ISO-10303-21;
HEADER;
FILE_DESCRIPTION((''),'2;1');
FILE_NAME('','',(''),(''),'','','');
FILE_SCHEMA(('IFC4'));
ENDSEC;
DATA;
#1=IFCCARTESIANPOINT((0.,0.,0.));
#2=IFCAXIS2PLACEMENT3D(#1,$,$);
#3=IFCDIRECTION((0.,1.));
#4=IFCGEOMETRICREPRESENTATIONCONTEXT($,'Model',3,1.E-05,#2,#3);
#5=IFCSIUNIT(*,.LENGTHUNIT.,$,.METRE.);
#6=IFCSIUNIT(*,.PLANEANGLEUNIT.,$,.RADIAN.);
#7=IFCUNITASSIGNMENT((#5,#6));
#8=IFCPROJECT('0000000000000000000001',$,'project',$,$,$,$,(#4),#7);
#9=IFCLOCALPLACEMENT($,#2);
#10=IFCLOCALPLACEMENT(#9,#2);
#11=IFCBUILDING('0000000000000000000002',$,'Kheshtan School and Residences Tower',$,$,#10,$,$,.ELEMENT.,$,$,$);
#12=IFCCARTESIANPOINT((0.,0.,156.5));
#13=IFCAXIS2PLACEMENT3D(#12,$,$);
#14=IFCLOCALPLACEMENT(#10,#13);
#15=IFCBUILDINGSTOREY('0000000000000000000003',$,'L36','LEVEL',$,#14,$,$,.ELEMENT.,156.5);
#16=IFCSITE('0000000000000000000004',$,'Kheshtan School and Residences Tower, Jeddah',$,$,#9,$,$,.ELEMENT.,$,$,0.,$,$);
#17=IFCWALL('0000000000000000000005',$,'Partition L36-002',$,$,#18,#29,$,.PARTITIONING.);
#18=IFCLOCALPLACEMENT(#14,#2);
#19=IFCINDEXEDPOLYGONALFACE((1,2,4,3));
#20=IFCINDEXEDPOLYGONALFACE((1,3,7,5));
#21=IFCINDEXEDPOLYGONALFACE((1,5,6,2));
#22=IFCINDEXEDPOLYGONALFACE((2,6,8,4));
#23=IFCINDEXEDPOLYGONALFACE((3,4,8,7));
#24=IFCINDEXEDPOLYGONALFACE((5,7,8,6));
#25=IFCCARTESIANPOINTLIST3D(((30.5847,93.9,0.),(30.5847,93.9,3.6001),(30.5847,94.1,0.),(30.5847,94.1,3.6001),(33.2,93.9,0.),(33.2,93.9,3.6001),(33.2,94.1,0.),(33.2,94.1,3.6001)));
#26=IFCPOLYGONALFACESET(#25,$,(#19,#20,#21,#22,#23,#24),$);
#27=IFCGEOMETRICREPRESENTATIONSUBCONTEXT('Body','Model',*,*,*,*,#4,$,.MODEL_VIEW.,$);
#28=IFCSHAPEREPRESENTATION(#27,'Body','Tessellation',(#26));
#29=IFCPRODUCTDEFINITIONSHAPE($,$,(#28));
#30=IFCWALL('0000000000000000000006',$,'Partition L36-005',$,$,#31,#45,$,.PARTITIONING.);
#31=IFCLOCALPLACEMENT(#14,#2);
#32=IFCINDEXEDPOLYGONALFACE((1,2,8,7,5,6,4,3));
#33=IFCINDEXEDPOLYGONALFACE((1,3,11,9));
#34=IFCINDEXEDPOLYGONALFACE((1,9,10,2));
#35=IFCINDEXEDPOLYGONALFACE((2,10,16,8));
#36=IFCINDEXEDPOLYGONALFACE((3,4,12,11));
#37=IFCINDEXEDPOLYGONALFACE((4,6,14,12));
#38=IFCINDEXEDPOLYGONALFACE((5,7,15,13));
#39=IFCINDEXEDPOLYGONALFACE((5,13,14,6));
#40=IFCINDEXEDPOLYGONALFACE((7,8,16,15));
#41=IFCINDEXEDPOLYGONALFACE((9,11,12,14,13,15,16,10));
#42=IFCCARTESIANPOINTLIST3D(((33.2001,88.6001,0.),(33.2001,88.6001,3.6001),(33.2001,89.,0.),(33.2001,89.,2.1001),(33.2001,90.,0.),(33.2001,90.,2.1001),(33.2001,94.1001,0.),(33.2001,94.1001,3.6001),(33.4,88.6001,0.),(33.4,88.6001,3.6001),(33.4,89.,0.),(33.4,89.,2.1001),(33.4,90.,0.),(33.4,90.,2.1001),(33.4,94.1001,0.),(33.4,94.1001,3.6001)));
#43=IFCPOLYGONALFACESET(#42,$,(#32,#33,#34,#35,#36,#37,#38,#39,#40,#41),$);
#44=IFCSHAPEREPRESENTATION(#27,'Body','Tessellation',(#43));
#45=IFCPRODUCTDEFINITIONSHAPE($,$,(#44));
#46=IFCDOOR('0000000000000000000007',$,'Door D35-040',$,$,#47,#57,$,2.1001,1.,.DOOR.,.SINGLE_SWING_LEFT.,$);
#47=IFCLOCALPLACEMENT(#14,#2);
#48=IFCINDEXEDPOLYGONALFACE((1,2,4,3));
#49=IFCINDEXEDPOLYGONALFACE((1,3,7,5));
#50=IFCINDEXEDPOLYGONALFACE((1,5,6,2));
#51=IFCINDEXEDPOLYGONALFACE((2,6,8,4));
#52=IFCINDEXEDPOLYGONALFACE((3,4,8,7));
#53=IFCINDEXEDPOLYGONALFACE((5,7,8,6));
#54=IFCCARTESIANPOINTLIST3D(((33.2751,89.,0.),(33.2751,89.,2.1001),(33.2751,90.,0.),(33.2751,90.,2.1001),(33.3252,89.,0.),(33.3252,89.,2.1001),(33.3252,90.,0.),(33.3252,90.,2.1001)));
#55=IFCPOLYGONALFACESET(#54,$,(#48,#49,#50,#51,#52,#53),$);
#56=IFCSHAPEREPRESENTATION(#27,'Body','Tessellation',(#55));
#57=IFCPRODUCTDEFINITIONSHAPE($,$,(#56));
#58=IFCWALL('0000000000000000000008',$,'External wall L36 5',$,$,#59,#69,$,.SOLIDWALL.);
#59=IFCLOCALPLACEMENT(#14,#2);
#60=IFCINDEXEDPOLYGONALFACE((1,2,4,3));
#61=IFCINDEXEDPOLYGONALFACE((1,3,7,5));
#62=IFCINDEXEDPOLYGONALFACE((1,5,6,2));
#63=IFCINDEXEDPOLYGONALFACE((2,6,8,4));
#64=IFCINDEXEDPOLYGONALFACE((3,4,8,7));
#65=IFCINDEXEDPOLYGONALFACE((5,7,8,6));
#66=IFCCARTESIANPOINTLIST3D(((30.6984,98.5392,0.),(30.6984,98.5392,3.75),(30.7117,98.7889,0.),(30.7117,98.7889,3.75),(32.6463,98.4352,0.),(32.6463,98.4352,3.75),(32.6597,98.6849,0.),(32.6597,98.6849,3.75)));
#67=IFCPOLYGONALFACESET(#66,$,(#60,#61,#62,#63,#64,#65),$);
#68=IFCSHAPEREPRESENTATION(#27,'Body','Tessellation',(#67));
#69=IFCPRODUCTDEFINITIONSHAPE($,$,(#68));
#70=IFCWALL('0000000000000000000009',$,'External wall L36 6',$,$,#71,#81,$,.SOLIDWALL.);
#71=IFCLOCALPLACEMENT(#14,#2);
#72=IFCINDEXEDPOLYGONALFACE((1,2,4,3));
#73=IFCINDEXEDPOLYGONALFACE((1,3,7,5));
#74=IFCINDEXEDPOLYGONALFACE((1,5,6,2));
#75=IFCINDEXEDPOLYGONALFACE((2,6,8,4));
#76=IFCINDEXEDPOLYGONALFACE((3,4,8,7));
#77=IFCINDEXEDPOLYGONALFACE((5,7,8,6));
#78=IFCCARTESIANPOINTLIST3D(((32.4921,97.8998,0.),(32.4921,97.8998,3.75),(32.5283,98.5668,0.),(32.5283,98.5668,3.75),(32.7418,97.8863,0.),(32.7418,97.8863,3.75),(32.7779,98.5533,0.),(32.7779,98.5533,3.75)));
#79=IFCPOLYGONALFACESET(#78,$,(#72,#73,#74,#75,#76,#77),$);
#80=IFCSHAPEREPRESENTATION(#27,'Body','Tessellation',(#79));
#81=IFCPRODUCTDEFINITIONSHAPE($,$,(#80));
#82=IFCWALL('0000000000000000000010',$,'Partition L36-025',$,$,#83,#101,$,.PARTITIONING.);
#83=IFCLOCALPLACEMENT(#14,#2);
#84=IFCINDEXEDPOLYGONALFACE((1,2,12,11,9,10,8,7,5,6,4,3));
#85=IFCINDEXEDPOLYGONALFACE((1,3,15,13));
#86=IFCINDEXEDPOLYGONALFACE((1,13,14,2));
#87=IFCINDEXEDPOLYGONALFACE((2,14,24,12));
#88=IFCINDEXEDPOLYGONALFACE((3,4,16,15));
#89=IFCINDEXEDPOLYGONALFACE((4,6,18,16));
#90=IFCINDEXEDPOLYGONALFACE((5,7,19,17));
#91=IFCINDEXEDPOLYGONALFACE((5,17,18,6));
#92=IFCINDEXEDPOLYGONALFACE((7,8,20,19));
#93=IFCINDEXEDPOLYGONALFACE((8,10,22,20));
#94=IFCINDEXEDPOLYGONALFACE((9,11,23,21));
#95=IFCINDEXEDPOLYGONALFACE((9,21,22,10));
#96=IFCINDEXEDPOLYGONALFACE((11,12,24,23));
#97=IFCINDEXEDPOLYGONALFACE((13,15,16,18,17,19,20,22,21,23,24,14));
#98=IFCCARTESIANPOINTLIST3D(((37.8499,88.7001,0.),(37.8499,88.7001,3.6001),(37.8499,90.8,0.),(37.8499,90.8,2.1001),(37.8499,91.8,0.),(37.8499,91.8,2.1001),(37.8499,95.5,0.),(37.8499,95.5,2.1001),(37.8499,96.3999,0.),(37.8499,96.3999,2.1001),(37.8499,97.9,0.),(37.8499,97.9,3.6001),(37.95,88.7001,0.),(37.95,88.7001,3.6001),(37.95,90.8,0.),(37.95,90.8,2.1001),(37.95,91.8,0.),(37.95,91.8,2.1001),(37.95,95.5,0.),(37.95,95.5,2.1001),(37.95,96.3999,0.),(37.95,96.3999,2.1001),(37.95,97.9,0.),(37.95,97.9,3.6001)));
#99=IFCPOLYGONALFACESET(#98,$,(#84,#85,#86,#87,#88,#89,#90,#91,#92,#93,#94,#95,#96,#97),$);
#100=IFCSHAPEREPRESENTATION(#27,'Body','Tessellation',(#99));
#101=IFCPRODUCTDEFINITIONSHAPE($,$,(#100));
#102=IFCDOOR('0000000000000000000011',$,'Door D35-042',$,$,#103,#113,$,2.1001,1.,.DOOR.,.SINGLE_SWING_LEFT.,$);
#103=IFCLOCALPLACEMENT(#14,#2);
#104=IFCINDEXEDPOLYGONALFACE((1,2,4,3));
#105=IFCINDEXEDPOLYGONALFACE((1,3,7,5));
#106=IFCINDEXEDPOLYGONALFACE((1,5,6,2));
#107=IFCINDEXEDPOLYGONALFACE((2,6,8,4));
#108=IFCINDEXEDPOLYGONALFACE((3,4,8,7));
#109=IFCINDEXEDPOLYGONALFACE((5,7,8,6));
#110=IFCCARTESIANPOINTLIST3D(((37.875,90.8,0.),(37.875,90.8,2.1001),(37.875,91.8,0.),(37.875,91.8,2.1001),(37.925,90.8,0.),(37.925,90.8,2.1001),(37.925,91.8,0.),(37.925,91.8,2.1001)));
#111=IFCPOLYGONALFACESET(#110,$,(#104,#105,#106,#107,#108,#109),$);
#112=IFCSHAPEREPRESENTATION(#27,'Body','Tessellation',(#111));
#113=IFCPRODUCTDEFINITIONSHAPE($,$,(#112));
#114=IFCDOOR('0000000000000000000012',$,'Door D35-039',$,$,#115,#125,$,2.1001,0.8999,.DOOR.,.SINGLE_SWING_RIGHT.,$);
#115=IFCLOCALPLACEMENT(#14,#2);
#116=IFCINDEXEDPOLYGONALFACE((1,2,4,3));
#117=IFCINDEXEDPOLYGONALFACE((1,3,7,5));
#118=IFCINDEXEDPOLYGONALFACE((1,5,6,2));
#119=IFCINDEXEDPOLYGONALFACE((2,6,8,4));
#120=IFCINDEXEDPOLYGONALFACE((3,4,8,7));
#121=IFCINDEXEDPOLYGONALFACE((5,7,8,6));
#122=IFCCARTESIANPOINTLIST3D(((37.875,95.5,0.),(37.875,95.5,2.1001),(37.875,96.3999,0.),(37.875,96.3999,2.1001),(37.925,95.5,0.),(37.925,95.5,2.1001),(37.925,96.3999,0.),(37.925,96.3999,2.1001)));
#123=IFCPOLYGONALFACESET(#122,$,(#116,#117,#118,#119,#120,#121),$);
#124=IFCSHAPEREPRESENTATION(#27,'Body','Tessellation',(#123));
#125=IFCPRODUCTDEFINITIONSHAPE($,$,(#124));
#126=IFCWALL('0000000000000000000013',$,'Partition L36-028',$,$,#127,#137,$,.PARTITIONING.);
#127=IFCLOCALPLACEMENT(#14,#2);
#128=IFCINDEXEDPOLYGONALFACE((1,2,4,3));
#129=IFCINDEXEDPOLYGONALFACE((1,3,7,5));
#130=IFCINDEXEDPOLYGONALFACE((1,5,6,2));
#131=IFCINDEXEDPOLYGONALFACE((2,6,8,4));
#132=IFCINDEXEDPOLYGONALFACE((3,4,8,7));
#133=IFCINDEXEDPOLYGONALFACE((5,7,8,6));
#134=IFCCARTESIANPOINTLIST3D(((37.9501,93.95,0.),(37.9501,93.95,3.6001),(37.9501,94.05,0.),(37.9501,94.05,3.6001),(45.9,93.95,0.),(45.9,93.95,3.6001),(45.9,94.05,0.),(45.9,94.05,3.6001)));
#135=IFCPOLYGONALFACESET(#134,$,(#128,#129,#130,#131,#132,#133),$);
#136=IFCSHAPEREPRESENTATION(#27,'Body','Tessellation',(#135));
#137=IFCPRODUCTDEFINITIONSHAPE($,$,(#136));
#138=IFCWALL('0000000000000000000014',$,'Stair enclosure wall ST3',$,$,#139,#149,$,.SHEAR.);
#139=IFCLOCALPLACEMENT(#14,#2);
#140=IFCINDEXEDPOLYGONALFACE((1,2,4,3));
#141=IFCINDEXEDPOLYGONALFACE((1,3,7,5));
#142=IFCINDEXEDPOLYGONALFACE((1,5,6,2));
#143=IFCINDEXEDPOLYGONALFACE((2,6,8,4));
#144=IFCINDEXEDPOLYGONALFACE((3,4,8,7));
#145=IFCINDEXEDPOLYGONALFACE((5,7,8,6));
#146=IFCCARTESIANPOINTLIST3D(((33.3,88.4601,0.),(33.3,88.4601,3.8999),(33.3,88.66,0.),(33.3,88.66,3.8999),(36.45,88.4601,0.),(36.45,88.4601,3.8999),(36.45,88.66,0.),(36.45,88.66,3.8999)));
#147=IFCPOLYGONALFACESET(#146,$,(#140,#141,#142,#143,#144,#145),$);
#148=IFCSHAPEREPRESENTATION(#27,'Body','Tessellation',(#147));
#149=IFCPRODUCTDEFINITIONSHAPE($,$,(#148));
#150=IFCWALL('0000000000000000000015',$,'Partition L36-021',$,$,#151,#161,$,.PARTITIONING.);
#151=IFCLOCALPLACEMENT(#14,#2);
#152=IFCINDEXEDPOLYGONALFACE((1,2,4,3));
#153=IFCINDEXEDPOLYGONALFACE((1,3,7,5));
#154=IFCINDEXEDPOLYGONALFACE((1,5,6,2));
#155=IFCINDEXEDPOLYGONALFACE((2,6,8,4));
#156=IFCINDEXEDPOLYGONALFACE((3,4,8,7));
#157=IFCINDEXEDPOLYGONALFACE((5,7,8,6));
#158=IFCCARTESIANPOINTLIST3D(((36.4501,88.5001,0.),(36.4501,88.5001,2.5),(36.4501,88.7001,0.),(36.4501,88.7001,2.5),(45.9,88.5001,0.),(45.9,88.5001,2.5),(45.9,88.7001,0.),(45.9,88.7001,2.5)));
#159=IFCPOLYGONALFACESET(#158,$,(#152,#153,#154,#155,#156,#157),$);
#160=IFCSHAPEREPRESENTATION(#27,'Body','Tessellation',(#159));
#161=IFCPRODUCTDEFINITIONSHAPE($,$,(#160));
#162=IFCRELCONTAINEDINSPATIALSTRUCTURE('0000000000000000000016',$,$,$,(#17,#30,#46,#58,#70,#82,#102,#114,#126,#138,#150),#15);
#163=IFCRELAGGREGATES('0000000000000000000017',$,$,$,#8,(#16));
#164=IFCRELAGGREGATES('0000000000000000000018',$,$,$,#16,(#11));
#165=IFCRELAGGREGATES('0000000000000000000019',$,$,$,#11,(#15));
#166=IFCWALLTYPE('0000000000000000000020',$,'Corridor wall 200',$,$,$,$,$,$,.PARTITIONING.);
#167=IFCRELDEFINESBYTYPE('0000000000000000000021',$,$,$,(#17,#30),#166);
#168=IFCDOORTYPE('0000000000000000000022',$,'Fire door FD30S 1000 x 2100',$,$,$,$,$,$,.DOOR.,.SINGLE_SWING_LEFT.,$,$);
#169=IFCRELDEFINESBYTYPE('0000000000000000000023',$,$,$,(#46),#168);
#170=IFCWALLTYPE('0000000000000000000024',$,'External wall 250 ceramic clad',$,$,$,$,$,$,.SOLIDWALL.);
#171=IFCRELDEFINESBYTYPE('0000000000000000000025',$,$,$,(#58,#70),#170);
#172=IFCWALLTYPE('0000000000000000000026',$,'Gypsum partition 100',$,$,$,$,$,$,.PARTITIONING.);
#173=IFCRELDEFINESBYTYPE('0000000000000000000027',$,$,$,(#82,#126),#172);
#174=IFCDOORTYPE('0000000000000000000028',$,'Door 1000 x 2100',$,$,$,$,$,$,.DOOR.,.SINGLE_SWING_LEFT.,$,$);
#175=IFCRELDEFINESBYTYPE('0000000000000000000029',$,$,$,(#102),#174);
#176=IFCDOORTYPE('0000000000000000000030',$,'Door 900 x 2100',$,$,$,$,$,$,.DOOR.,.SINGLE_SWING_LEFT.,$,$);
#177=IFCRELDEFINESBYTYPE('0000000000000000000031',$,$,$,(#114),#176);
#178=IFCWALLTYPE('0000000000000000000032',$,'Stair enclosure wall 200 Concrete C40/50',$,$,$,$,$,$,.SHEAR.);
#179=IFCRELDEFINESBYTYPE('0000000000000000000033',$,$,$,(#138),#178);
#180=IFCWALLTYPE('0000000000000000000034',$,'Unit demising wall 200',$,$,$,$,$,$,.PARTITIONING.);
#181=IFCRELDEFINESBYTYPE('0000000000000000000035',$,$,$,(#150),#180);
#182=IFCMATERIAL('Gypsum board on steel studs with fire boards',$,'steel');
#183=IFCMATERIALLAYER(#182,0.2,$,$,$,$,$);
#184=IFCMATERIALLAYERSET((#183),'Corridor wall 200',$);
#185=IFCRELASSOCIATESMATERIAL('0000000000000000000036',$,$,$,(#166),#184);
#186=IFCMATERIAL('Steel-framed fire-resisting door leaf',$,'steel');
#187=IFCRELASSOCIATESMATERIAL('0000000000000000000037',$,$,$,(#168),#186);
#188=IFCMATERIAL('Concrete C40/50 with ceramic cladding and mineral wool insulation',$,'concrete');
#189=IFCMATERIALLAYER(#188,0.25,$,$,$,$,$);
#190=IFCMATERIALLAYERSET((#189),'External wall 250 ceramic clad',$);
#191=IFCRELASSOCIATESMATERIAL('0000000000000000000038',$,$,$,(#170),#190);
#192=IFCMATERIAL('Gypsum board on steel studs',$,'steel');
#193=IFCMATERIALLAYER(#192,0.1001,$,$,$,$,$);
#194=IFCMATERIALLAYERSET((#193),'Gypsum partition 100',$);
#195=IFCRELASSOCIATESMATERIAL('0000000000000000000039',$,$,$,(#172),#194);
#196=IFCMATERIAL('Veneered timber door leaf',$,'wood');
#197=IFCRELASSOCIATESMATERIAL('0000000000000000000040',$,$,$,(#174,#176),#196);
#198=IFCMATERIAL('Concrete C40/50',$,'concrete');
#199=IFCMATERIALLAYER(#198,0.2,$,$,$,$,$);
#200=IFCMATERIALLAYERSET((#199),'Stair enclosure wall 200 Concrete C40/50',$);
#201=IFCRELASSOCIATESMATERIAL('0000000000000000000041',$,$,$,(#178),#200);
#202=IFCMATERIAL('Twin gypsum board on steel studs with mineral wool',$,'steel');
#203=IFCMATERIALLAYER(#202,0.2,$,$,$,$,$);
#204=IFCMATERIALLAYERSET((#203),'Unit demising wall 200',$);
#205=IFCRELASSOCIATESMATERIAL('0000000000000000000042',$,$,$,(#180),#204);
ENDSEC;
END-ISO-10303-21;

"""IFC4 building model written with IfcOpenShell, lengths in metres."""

from ifc_helpers import new_model, si_unit, direction, frame, frame_2d, origin, place, context, subcontext, project, spatial, rectangle, extrude, source, transform, mapped, material, layer, layer_set, type_object, element, fill, save


model = new_model("IFC4")

# Units and contexts
model_context = context("Model", 3, precision=1e-05, world=origin(), true_north=direction((0.0, 1.0)))
body_context = subcontext(model_context, "Body", "Model", "MODEL_VIEW")
ifc_project = project(units=[si_unit("LENGTHUNIT", "METRE"), si_unit("PLANEANGLEUNIT", "RADIAN")], contexts=[model_context])

# Site, building, storey
site_placement = place(None, origin())
site = spatial("IfcSite", under=ifc_project, at=site_placement, Name="Kheshtan School and Residences Tower, Jeddah", CompositionType="ELEMENT", RefElevation=0.0)
building_placement = place(site_placement, origin())
building = spatial("IfcBuilding", under=site, at=building_placement, Name="Kheshtan School and Residences Tower", CompositionType="ELEMENT")
storey_placement = place(building_placement, frame((0.0, 0.0, 156.5)))
storey = spatial("IfcBuildingStorey", under=building, at=storey_placement, Name="L36", Description="LEVEL", CompositionType="ELEMENT", Elevation=156.5)

# Wall
ifc_material_1 = material(Name="Gypsum board on steel studs with fire boards", Category="steel")
ifc_layer_1 = layer(ifc_material_1, 0.2)
ifc_layer_set_1 = layer_set([ifc_layer_1], Name="Corridor wall 200")
wall_type_1 = type_object("IfcWallType", Name="Corridor wall 200", PredefinedType="PARTITIONING", material=ifc_layer_set_1)
wall_1_placement = place(storey_placement, frame((30.5847, 94.0, 0.0), z_axis=(0.0, 0.0, 1.0), x_axis=(1.0, 0.0, 0.0)))
element("IfcWall", 1, at=wall_1_placement, inside=storey, type_object=wall_type_1, Name="Partition L36-002", PredefinedType="PARTITIONING", context=body_context, shape_type="SweptSolid", body=[
    extrude(rectangle(XDim=2.6152, YDim=0.2, at=frame_2d((1.3076, 0.0))), origin(), (0.0, 0.0, 1.0), 3.6001),
])

# Wall, opening, door
wall_2_placement = place(storey_placement, frame((33.3, 88.6001, 0.0), z_axis=(0.0, 0.0, 1.0), x_axis=(0.0, 1.0, 0.0)))
wall_2 = element("IfcWall", 2, at=wall_2_placement, inside=storey, type_object=wall_type_1, Name="Partition L36-005", PredefinedType="PARTITIONING", context=body_context, shape_type="SweptSolid", body=[
    extrude(rectangle(XDim=5.5, YDim=0.2, at=frame_2d((2.75, 0.0))), origin(), (0.0, 0.0, 1.0), 3.6001),
])
opening_1_placement = place(wall_2_placement, frame((0.3999, 0.0, 0.0)))
opening_1 = element("IfcOpeningElement", 3, at=opening_1_placement, cuts=wall_2, PredefinedType="OPENING", context=body_context, shape_type="SweptSolid", body=[
    extrude(rectangle(XDim=1.0, YDim=2.1001, at=frame_2d((0.5, 1.05))), frame((0.0, 0.1099, 0.0), z_axis=(0.0, -1.0, 0.0), x_axis=(1.0, 0.0, 0.0)), (0.0, 0.0, 1.0), 0.22),
])
ifc_material_2 = material(Name="Steel-framed fire-resisting door leaf", Category="steel")
door_type_1 = type_object("IfcDoorType", Name="Fire door FD30S 1000 x 2100", OperationType="SINGLE_SWING_LEFT", PredefinedType="DOOR", material=ifc_material_2)
shared_shape_1 = source(origin(), body_context, "Body", "SweptSolid", [
    extrude(rectangle(XDim=1.0, YDim=2.1001, at=frame_2d((0.5, 1.05))), frame((0.0, 0.0249, 0.0), z_axis=(0.0, -1.0, 0.0), x_axis=(1.0, 0.0, 0.0)), (0.0, 0.0, 1.0), 0.05),
])
door_1_placement = place(opening_1_placement, origin())
door_1 = element("IfcDoor", 4, at=door_1_placement, inside=storey, type_object=door_type_1, Name="Door D35-040", OperationType="SINGLE_SWING_LEFT", OverallHeight=2.1001, OverallWidth=1.0, PredefinedType="DOOR", context=body_context, shape_type="MappedRepresentation", body=[
    mapped(shared_shape_1, transform((0.0, 0.0, 0.0), x_axis=(1.0, 0.0, 0.0), y_axis=(0.0, 1.0, 0.0), z_axis=(0.0, 0.0, 1.0), scale=1.0)),
])
fill(opening_1, door_1)

# Walls
ifc_material_3 = material(Name="Concrete C40/50 with ceramic cladding and mineral wool insulation", Category="concrete")
ifc_layer_2 = layer(ifc_material_3, 0.25)
ifc_layer_set_2 = layer_set([ifc_layer_2], Name="External wall 250 ceramic clad")
wall_type_2 = type_object("IfcWallType", Name="External wall 250 ceramic clad", PredefinedType="SOLIDWALL", material=ifc_layer_set_2)
wall_3_placement = place(storey_placement, frame((30.7051, 98.6641, 0.0), z_axis=(0.0, 0.0, 1.0), x_axis=(0.998578, -0.053314, 0.0)))
element("IfcWall", 5, at=wall_3_placement, inside=storey, type_object=wall_type_2, Name="External wall L36 5", PredefinedType="SOLIDWALL", context=body_context, shape_type="SweptSolid", body=[
    extrude(rectangle(XDim=1.9507, YDim=0.25, at=frame_2d((0.9753, 0.0))), origin(), (0.0, 0.0, 1.0), 3.75),
])
wall_4_placement = place(storey_placement, frame((32.6531, 98.5601, 0.0), z_axis=(0.0, 0.0, 1.0), x_axis=(-0.054093, -0.998536, 0.0)))
element("IfcWall", 6, at=wall_4_placement, inside=storey, type_object=wall_type_2, Name="External wall L36 6", PredefinedType="SOLIDWALL", context=body_context, shape_type="SweptSolid", body=[
    extrude(rectangle(XDim=0.668, YDim=0.25, at=frame_2d((0.334, 0.0))), origin(), (0.0, 0.0, 1.0), 3.75),
])

# Wall, openings, doors
ifc_material_4 = material(Name="Gypsum board on steel studs", Category="steel")
ifc_layer_3 = layer(ifc_material_4, 0.1001)
ifc_layer_set_3 = layer_set([ifc_layer_3], Name="Gypsum partition 100")
wall_type_3 = type_object("IfcWallType", Name="Gypsum partition 100", PredefinedType="PARTITIONING", material=ifc_layer_set_3)
wall_5_placement = place(storey_placement, frame((37.8999, 88.7, 0.0), z_axis=(0.0, 0.0, 1.0), x_axis=(0.0, 1.0, 0.0)))
wall_5 = element("IfcWall", 7, at=wall_5_placement, inside=storey, type_object=wall_type_3, Name="Partition L36-025", PredefinedType="PARTITIONING", context=body_context, shape_type="SweptSolid", body=[
    extrude(rectangle(XDim=9.2, YDim=0.1001, at=frame_2d((4.6001, 0.0))), origin(), (0.0, 0.0, 1.0), 3.6001),
])
opening_2_placement = place(wall_5_placement, frame((6.8, 0.0, 0.0)))
opening_2 = element("IfcOpeningElement", 8, at=opening_2_placement, cuts=wall_5, PredefinedType="OPENING", context=body_context, shape_type="SweptSolid", body=[
    extrude(rectangle(XDim=0.8999, YDim=2.1001, at=frame_2d((0.45, 1.05))), frame((0.0, 0.0601, 0.0), z_axis=(0.0, -1.0, 0.0), x_axis=(1.0, 0.0, 0.0)), (0.0, 0.0, 1.0), 0.1201),
])
opening_3_placement = place(wall_5_placement, frame((2.1001, 0.0, 0.0)))
opening_3 = element("IfcOpeningElement", 9, at=opening_3_placement, cuts=wall_5, PredefinedType="OPENING", context=body_context, shape_type="SweptSolid", body=[
    extrude(rectangle(XDim=1.0, YDim=2.1001, at=frame_2d((0.5, 1.05))), frame((0.0, 0.0601, 0.0), z_axis=(0.0, -1.0, 0.0), x_axis=(1.0, 0.0, 0.0)), (0.0, 0.0, 1.0), 0.1201),
])
ifc_material_5 = material(Name="Veneered timber door leaf", Category="wood")
door_type_2 = type_object("IfcDoorType", Name="Door 1000 x 2100", OperationType="SINGLE_SWING_LEFT", PredefinedType="DOOR", material=ifc_material_5)
shared_shape_2 = source(origin(), body_context, "Body", "SweptSolid", [
    extrude(rectangle(XDim=1.0, YDim=2.1001, at=frame_2d((0.5, 1.05))), frame((0.0, 0.0249, 0.0), z_axis=(0.0, -1.0, 0.0), x_axis=(1.0, 0.0, 0.0)), (0.0, 0.0, 1.0), 0.05),
])
door_2_placement = place(opening_3_placement, origin())
door_2 = element("IfcDoor", 10, at=door_2_placement, inside=storey, type_object=door_type_2, Name="Door D35-042", OperationType="SINGLE_SWING_LEFT", OverallHeight=2.1001, OverallWidth=1.0, PredefinedType="DOOR", context=body_context, shape_type="MappedRepresentation", body=[
    mapped(shared_shape_2, transform((0.0, 0.0, 0.0), x_axis=(1.0, 0.0, 0.0), y_axis=(0.0, 1.0, 0.0), z_axis=(0.0, 0.0, 1.0), scale=1.0)),
])
fill(opening_3, door_2)
door_type_3 = type_object("IfcDoorType", Name="Door 900 x 2100", OperationType="SINGLE_SWING_LEFT", PredefinedType="DOOR", material=ifc_material_5)
shared_shape_3 = source(origin(), body_context, "Body", "SweptSolid", [
    extrude(rectangle(XDim=0.8999, YDim=2.1001, at=frame_2d((0.45, 1.05))), frame((0.0, 0.0249, 0.0), z_axis=(0.0, -1.0, 0.0), x_axis=(1.0, 0.0, 0.0)), (0.0, 0.0, 1.0), 0.05),
])
door_3_placement = place(opening_2_placement, origin())
door_3 = element("IfcDoor", 11, at=door_3_placement, inside=storey, type_object=door_type_3, Name="Door D35-039", OperationType="SINGLE_SWING_RIGHT", OverallHeight=2.1001, OverallWidth=0.8999, PredefinedType="DOOR", context=body_context, shape_type="MappedRepresentation", body=[
    mapped(shared_shape_3, transform((0.0, 0.0, 0.0), x_axis=(1.0, 0.0, 0.0), y_axis=(0.0, 1.0, 0.0), z_axis=(0.0, 0.0, 1.0), scale=1.0)),
])
fill(opening_2, door_3)

# Walls
wall_6_placement = place(storey_placement, frame((37.95, 94.0, 0.0), z_axis=(0.0, 0.0, 1.0), x_axis=(1.0, 0.0, 0.0)))
element("IfcWall", 12, at=wall_6_placement, inside=storey, type_object=wall_type_3, Name="Partition L36-028", PredefinedType="PARTITIONING", context=body_context, shape_type="SweptSolid", body=[
    extrude(rectangle(XDim=7.95, YDim=0.1001, at=frame_2d((3.9751, 0.0))), origin(), (0.0, 0.0, 1.0), 3.6001),
])
ifc_material_6 = material(Name="Concrete C40/50", Category="concrete")
ifc_layer_4 = layer(ifc_material_6, 0.2)
ifc_layer_set_4 = layer_set([ifc_layer_4], Name="Stair enclosure wall 200 Concrete C40/50")
wall_type_4 = type_object("IfcWallType", Name="Stair enclosure wall 200 Concrete C40/50", PredefinedType="SHEAR", material=ifc_layer_set_4)
wall_7_placement = place(storey_placement, frame((33.3, 88.5601, 0.0), z_axis=(0.0, 0.0, 1.0), x_axis=(1.0, 0.0, 0.0)))
element("IfcWall", 13, at=wall_7_placement, inside=storey, type_object=wall_type_4, Name="Stair enclosure wall ST3", PredefinedType="SHEAR", context=body_context, shape_type="SweptSolid", body=[
    extrude(rectangle(XDim=3.1499, YDim=0.2, at=frame_2d((1.575, 0.0))), origin(), (0.0, 0.0, 1.0), 3.8999),
])
ifc_material_7 = material(Name="Twin gypsum board on steel studs with mineral wool", Category="steel")
ifc_layer_5 = layer(ifc_material_7, 0.2)
ifc_layer_set_5 = layer_set([ifc_layer_5], Name="Unit demising wall 200")
wall_type_5 = type_object("IfcWallType", Name="Unit demising wall 200", PredefinedType="PARTITIONING", material=ifc_layer_set_5)
wall_8_placement = place(storey_placement, frame((36.45, 88.6001, 0.0), z_axis=(0.0, 0.0, 1.0), x_axis=(1.0, 0.0, 0.0)))
element("IfcWall", 14, at=wall_8_placement, inside=storey, type_object=wall_type_5, Name="Partition L36-021", PredefinedType="PARTITIONING", context=body_context, shape_type="SweptSolid", body=[
    extrude(rectangle(XDim=9.45, YDim=0.2, at=frame_2d((4.7251, 0.0))), origin(), (0.0, 0.0, 1.0), 2.5),
])

save(model, "model.ifc")
